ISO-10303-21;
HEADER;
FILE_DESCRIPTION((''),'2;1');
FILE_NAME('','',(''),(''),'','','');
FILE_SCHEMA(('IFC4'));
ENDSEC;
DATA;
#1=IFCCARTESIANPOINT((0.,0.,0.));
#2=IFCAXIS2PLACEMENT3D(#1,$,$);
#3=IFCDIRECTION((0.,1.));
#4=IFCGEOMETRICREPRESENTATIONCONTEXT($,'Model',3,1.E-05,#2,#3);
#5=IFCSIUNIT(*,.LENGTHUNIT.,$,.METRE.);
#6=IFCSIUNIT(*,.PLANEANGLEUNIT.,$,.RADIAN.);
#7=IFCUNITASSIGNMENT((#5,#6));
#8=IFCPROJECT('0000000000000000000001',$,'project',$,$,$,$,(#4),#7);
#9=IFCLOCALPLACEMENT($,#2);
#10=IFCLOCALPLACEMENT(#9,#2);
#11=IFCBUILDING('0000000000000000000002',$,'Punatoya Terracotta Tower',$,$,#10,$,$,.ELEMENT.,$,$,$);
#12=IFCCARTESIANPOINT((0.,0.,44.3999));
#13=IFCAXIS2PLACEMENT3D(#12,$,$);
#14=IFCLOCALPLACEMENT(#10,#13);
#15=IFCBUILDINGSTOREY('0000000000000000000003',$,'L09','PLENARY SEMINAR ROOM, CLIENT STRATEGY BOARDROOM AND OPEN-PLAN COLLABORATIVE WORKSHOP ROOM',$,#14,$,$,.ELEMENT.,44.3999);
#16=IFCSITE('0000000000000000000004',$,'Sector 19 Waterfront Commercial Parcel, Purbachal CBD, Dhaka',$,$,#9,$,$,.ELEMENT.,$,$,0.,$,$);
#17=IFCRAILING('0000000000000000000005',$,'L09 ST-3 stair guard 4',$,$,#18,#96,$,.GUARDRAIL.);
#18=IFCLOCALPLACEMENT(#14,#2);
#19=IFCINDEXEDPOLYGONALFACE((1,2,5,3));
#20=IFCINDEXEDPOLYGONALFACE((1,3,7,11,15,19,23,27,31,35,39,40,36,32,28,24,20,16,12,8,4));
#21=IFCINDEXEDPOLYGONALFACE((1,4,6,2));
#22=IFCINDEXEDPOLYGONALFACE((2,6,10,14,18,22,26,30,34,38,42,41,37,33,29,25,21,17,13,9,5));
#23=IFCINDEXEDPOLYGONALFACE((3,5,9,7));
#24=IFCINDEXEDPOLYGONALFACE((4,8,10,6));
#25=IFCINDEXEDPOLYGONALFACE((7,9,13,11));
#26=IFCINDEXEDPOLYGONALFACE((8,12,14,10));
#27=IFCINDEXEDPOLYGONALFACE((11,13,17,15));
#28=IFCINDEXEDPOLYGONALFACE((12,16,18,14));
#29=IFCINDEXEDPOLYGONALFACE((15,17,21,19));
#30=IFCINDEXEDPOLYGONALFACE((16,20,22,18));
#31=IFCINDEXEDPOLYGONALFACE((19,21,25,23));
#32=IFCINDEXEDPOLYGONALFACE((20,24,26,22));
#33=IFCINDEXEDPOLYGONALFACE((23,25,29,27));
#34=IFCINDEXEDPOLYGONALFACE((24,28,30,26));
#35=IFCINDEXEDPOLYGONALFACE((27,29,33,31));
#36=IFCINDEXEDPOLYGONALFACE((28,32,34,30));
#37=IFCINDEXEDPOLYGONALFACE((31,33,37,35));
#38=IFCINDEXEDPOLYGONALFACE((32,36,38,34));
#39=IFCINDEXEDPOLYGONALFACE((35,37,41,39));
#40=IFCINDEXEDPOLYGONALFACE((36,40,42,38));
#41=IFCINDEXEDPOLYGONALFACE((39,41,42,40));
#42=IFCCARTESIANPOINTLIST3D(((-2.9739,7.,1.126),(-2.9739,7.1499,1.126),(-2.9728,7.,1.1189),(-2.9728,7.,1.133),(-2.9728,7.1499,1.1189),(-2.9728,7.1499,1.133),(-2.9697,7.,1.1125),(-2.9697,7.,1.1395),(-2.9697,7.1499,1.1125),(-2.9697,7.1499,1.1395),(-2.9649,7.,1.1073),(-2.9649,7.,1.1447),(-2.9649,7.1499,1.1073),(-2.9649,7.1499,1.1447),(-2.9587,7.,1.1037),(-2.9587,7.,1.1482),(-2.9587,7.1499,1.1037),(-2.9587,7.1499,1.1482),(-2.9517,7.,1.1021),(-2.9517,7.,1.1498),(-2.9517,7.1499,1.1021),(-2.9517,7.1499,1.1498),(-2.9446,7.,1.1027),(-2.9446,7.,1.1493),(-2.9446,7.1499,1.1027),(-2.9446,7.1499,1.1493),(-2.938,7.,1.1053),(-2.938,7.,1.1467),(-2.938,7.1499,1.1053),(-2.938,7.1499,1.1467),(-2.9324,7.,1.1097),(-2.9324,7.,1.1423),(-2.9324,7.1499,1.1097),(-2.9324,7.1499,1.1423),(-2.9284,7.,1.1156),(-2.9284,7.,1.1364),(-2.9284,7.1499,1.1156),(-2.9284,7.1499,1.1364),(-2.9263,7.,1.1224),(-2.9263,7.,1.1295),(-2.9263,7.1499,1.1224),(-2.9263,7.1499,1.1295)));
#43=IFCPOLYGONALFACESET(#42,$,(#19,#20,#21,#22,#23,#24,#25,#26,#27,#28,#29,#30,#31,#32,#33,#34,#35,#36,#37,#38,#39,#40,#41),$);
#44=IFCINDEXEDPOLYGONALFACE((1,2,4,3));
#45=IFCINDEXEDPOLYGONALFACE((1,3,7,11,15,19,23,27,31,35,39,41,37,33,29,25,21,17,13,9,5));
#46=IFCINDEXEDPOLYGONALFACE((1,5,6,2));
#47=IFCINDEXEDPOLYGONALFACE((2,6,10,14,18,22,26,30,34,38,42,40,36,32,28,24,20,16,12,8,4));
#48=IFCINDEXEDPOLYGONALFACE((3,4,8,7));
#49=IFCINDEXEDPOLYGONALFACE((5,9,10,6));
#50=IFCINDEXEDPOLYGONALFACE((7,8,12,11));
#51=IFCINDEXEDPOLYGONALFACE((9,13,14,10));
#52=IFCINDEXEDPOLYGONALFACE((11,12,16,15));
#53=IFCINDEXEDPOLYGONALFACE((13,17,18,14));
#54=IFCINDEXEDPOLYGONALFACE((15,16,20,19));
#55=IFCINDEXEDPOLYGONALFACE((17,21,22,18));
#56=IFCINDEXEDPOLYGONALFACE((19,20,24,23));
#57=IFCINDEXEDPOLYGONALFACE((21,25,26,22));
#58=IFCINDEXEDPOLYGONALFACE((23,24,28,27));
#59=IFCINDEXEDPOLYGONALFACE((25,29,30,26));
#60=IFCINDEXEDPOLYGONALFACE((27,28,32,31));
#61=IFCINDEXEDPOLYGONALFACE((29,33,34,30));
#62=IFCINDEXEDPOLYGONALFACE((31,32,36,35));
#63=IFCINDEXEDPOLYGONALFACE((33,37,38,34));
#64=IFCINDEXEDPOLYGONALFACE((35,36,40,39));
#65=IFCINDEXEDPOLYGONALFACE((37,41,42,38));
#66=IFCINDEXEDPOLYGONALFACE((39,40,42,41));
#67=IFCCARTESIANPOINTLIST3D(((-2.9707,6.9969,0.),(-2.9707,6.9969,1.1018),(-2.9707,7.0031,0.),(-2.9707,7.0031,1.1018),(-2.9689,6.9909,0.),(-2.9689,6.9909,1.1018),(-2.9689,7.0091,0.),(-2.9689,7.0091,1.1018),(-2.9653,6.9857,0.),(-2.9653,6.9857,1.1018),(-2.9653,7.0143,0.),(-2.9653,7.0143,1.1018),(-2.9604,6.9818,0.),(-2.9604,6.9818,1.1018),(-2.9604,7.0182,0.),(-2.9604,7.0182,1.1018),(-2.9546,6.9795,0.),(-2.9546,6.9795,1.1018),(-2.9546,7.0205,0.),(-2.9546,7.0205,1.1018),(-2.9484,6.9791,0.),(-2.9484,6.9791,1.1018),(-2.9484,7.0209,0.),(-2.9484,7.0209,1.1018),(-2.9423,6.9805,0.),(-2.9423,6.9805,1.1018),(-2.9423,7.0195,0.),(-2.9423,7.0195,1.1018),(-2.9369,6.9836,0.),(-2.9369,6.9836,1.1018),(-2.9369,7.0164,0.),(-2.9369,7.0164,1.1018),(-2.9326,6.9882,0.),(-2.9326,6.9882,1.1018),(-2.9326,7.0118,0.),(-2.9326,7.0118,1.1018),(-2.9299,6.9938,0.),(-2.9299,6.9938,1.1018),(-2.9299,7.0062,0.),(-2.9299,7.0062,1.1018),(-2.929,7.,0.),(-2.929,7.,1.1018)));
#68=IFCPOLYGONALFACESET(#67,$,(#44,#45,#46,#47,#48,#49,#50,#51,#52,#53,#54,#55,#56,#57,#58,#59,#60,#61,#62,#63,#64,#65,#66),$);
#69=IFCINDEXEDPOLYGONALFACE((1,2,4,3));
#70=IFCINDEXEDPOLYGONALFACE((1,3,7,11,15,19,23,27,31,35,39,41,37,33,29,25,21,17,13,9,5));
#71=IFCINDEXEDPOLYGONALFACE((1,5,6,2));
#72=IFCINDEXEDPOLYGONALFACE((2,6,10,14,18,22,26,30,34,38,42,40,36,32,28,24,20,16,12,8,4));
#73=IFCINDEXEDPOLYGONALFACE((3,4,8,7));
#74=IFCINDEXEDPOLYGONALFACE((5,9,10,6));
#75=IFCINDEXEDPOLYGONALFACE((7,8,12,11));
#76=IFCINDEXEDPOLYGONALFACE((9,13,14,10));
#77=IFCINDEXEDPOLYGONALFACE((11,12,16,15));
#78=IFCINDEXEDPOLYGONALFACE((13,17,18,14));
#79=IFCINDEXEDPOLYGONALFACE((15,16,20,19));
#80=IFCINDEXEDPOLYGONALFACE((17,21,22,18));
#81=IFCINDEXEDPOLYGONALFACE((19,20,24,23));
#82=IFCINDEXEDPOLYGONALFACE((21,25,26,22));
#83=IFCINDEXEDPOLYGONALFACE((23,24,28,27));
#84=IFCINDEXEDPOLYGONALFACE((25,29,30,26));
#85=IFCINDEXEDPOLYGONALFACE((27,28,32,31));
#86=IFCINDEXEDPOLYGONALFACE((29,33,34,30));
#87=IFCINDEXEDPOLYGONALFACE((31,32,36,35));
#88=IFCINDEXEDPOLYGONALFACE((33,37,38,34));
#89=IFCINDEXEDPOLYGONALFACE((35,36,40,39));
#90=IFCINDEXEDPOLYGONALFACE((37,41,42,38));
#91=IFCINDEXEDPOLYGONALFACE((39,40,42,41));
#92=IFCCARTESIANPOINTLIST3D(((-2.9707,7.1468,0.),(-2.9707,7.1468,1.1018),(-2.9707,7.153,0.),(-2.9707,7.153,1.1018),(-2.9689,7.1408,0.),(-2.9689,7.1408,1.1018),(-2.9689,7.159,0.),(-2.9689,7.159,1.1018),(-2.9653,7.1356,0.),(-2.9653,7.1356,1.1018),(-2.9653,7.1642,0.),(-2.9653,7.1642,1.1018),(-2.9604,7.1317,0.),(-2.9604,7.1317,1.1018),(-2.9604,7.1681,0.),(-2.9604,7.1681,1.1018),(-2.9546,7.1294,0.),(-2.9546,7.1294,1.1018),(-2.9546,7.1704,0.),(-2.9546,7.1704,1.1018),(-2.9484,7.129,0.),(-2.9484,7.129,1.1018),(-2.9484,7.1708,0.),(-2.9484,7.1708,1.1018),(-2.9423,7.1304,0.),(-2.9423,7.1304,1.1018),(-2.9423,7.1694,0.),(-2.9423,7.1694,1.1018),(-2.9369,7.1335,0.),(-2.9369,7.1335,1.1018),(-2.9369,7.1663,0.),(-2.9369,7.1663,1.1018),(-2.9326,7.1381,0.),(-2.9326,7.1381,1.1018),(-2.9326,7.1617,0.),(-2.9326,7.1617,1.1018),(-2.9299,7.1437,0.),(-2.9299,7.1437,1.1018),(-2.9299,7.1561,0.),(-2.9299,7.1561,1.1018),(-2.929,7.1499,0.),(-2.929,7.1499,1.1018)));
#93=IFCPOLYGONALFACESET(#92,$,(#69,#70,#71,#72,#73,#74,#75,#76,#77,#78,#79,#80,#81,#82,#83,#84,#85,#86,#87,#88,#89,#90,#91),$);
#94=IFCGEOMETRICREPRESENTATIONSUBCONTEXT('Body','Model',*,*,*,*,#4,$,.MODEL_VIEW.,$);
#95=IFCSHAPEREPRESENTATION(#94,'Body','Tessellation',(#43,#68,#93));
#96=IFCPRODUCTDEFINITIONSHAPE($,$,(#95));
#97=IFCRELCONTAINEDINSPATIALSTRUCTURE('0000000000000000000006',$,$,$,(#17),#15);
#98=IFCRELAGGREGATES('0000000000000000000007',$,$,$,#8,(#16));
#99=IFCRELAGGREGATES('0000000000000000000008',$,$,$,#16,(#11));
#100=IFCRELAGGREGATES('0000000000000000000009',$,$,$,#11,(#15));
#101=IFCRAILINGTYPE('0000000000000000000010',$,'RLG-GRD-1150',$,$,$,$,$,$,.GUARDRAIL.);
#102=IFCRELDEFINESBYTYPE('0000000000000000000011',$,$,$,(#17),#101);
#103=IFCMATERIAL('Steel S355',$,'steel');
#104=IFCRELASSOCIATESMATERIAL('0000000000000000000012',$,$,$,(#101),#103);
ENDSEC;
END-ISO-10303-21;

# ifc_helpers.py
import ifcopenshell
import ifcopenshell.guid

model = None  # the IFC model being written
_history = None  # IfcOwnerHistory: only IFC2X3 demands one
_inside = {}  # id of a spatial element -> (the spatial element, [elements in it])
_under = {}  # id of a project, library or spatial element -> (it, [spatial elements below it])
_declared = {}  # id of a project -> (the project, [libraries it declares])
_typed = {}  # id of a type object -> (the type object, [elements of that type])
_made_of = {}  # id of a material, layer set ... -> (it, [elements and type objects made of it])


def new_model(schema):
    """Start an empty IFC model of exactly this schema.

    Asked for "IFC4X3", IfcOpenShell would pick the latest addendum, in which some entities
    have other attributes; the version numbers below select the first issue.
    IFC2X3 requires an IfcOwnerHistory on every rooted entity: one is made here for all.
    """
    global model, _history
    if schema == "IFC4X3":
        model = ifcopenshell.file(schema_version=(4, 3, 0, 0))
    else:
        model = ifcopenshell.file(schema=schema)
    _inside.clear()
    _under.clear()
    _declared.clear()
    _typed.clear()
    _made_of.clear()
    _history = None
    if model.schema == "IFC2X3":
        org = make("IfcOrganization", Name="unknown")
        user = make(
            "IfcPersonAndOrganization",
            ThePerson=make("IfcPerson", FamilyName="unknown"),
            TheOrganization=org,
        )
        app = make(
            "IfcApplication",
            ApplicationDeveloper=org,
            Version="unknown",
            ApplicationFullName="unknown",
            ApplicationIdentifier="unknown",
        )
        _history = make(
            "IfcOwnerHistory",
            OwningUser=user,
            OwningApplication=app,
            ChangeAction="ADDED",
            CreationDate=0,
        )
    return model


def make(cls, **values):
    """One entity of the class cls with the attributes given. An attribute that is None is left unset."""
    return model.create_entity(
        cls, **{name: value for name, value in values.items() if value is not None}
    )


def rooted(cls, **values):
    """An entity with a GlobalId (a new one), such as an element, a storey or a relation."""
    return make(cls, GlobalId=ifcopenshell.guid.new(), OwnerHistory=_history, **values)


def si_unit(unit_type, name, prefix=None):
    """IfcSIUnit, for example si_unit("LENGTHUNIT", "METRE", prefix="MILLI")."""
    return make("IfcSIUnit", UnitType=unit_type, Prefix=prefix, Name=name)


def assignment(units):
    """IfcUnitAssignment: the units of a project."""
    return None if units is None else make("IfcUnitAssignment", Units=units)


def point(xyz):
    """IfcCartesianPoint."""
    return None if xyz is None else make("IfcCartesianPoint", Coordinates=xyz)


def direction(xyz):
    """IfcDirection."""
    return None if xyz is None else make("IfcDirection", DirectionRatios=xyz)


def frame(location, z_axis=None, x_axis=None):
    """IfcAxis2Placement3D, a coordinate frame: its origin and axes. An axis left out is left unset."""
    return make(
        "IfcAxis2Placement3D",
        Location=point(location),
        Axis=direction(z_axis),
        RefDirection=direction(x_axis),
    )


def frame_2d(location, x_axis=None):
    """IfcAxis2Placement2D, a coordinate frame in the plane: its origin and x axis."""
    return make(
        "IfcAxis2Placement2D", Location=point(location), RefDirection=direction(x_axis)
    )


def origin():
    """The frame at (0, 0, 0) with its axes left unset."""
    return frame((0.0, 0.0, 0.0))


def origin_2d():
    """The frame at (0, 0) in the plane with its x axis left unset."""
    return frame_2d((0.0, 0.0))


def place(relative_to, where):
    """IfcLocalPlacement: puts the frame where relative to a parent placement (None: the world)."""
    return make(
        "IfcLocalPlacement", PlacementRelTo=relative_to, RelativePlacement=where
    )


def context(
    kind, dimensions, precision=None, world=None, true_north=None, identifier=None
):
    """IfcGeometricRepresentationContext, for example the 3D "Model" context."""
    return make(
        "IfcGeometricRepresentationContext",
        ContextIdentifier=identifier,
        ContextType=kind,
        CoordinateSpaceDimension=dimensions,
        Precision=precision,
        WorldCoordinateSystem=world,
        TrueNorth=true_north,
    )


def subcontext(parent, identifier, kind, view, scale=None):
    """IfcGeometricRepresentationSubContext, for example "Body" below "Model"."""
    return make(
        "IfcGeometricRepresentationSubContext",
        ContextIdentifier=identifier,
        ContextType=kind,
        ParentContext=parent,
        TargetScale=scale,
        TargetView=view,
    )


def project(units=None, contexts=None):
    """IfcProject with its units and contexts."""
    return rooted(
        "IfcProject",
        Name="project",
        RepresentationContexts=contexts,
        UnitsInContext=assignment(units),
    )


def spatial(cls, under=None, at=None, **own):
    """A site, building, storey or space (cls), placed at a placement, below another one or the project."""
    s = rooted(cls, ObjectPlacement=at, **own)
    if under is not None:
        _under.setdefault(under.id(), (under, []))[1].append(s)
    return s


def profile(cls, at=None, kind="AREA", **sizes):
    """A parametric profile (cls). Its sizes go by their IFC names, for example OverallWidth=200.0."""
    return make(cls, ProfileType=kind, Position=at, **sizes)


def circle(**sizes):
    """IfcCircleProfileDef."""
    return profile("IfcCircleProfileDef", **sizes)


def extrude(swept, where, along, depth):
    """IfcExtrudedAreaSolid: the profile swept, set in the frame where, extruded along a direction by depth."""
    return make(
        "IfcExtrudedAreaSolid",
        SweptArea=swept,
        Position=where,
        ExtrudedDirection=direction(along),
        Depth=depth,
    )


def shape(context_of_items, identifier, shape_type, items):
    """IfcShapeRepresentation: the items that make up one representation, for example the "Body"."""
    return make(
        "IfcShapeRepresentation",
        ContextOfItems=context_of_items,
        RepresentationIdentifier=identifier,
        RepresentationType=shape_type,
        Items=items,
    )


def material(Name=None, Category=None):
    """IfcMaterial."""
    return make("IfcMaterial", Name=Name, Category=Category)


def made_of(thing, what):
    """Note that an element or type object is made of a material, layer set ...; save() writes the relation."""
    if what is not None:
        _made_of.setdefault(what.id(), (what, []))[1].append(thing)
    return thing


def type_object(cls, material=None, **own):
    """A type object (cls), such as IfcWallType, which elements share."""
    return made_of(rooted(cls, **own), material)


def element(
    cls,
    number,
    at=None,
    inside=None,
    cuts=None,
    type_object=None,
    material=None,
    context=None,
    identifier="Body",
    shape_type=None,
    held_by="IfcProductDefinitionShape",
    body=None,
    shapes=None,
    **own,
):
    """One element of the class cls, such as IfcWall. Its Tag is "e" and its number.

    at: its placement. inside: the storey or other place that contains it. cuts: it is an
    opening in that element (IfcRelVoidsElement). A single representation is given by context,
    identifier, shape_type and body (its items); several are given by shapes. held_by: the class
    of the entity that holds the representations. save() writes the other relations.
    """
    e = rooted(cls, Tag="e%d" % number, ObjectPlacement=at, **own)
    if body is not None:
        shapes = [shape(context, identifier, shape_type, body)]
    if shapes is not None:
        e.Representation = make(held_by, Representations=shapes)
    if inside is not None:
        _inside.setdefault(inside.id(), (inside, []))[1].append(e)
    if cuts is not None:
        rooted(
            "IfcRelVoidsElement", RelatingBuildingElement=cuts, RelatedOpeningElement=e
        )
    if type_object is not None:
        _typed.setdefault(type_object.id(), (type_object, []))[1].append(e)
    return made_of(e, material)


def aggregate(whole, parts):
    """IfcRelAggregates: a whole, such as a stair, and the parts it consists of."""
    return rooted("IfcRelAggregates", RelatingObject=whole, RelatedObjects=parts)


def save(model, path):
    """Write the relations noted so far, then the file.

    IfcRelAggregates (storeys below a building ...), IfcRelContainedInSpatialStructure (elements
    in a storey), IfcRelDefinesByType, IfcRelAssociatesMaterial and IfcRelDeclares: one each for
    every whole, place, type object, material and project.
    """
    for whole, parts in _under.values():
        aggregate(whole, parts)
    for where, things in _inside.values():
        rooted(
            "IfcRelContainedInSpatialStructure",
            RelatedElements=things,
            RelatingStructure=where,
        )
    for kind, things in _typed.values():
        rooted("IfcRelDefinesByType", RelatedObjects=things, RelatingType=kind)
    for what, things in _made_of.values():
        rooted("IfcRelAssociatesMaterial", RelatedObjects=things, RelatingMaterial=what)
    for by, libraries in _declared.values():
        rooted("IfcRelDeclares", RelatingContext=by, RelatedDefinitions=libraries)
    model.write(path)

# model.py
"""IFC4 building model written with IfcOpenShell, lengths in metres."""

from ifc_helpers import new_model, si_unit, direction, frame, origin, origin_2d, place, context, subcontext, project, spatial, circle, extrude, material, type_object, element, save


model = new_model("IFC4")

# Units and contexts
model_context = context("Model", 3, precision=1e-05, world=origin(), true_north=direction((0.0, 1.0)))
body_context = subcontext(model_context, "Body", "Model", "MODEL_VIEW")
ifc_project = project(units=[si_unit("LENGTHUNIT", "METRE"), si_unit("PLANEANGLEUNIT", "RADIAN")], contexts=[model_context])

# Site, building, storey
site_placement = place(None, origin())
site = spatial("IfcSite", under=ifc_project, at=site_placement, Name="Sector 19 Waterfront Commercial Parcel, Purbachal CBD, Dhaka", CompositionType="ELEMENT", RefElevation=0.0)
building_placement = place(site_placement, origin())
building = spatial("IfcBuilding", under=site, at=building_placement, Name="Punatoya Terracotta Tower", CompositionType="ELEMENT")
storey_placement = place(building_placement, frame((0.0, 0.0, 44.3999)))
storey = spatial("IfcBuildingStorey", under=building, at=storey_placement, Name="L09", Description="PLENARY SEMINAR ROOM, CLIENT STRATEGY BOARDROOM AND OPEN-PLAN COLLABORATIVE WORKSHOP ROOM", CompositionType="ELEMENT", Elevation=44.3999)

# Shared definitions
ifc_material_1 = material(Name="Steel S355", Category="steel")

# Railing
railing_type_1 = type_object("IfcRailingType", Name="RLG-GRD-1150", PredefinedType="GUARDRAIL", material=ifc_material_1)
railing_1_placement = place(storey_placement, frame((-2.95, 7.0, 0.0)))
element("IfcRailing", 1, at=railing_1_placement, inside=storey, type_object=railing_type_1, Name="L09 ST-3 stair guard 4", PredefinedType="GUARDRAIL", context=body_context, shape_type="SweptSolid", body=[
    extrude(circle(Radius=0.0239, at=origin_2d()), frame((0.0, 0.0, 1.126), z_axis=(0.0, 1.0, 0.0), x_axis=(-1.0, 0.0, 0.0)), (0.0, 0.0, 1.0), 0.1499),
    extrude(circle(Radius=0.021, at=origin_2d()), origin(), (0.0, 0.0, 1.0), 1.1018),
    extrude(circle(Radius=0.021, at=origin_2d()), frame((0.0, 0.1499, 0.0)), (0.0, 0.0, 1.0), 1.1018),
])

save(model, "model.ifc")
